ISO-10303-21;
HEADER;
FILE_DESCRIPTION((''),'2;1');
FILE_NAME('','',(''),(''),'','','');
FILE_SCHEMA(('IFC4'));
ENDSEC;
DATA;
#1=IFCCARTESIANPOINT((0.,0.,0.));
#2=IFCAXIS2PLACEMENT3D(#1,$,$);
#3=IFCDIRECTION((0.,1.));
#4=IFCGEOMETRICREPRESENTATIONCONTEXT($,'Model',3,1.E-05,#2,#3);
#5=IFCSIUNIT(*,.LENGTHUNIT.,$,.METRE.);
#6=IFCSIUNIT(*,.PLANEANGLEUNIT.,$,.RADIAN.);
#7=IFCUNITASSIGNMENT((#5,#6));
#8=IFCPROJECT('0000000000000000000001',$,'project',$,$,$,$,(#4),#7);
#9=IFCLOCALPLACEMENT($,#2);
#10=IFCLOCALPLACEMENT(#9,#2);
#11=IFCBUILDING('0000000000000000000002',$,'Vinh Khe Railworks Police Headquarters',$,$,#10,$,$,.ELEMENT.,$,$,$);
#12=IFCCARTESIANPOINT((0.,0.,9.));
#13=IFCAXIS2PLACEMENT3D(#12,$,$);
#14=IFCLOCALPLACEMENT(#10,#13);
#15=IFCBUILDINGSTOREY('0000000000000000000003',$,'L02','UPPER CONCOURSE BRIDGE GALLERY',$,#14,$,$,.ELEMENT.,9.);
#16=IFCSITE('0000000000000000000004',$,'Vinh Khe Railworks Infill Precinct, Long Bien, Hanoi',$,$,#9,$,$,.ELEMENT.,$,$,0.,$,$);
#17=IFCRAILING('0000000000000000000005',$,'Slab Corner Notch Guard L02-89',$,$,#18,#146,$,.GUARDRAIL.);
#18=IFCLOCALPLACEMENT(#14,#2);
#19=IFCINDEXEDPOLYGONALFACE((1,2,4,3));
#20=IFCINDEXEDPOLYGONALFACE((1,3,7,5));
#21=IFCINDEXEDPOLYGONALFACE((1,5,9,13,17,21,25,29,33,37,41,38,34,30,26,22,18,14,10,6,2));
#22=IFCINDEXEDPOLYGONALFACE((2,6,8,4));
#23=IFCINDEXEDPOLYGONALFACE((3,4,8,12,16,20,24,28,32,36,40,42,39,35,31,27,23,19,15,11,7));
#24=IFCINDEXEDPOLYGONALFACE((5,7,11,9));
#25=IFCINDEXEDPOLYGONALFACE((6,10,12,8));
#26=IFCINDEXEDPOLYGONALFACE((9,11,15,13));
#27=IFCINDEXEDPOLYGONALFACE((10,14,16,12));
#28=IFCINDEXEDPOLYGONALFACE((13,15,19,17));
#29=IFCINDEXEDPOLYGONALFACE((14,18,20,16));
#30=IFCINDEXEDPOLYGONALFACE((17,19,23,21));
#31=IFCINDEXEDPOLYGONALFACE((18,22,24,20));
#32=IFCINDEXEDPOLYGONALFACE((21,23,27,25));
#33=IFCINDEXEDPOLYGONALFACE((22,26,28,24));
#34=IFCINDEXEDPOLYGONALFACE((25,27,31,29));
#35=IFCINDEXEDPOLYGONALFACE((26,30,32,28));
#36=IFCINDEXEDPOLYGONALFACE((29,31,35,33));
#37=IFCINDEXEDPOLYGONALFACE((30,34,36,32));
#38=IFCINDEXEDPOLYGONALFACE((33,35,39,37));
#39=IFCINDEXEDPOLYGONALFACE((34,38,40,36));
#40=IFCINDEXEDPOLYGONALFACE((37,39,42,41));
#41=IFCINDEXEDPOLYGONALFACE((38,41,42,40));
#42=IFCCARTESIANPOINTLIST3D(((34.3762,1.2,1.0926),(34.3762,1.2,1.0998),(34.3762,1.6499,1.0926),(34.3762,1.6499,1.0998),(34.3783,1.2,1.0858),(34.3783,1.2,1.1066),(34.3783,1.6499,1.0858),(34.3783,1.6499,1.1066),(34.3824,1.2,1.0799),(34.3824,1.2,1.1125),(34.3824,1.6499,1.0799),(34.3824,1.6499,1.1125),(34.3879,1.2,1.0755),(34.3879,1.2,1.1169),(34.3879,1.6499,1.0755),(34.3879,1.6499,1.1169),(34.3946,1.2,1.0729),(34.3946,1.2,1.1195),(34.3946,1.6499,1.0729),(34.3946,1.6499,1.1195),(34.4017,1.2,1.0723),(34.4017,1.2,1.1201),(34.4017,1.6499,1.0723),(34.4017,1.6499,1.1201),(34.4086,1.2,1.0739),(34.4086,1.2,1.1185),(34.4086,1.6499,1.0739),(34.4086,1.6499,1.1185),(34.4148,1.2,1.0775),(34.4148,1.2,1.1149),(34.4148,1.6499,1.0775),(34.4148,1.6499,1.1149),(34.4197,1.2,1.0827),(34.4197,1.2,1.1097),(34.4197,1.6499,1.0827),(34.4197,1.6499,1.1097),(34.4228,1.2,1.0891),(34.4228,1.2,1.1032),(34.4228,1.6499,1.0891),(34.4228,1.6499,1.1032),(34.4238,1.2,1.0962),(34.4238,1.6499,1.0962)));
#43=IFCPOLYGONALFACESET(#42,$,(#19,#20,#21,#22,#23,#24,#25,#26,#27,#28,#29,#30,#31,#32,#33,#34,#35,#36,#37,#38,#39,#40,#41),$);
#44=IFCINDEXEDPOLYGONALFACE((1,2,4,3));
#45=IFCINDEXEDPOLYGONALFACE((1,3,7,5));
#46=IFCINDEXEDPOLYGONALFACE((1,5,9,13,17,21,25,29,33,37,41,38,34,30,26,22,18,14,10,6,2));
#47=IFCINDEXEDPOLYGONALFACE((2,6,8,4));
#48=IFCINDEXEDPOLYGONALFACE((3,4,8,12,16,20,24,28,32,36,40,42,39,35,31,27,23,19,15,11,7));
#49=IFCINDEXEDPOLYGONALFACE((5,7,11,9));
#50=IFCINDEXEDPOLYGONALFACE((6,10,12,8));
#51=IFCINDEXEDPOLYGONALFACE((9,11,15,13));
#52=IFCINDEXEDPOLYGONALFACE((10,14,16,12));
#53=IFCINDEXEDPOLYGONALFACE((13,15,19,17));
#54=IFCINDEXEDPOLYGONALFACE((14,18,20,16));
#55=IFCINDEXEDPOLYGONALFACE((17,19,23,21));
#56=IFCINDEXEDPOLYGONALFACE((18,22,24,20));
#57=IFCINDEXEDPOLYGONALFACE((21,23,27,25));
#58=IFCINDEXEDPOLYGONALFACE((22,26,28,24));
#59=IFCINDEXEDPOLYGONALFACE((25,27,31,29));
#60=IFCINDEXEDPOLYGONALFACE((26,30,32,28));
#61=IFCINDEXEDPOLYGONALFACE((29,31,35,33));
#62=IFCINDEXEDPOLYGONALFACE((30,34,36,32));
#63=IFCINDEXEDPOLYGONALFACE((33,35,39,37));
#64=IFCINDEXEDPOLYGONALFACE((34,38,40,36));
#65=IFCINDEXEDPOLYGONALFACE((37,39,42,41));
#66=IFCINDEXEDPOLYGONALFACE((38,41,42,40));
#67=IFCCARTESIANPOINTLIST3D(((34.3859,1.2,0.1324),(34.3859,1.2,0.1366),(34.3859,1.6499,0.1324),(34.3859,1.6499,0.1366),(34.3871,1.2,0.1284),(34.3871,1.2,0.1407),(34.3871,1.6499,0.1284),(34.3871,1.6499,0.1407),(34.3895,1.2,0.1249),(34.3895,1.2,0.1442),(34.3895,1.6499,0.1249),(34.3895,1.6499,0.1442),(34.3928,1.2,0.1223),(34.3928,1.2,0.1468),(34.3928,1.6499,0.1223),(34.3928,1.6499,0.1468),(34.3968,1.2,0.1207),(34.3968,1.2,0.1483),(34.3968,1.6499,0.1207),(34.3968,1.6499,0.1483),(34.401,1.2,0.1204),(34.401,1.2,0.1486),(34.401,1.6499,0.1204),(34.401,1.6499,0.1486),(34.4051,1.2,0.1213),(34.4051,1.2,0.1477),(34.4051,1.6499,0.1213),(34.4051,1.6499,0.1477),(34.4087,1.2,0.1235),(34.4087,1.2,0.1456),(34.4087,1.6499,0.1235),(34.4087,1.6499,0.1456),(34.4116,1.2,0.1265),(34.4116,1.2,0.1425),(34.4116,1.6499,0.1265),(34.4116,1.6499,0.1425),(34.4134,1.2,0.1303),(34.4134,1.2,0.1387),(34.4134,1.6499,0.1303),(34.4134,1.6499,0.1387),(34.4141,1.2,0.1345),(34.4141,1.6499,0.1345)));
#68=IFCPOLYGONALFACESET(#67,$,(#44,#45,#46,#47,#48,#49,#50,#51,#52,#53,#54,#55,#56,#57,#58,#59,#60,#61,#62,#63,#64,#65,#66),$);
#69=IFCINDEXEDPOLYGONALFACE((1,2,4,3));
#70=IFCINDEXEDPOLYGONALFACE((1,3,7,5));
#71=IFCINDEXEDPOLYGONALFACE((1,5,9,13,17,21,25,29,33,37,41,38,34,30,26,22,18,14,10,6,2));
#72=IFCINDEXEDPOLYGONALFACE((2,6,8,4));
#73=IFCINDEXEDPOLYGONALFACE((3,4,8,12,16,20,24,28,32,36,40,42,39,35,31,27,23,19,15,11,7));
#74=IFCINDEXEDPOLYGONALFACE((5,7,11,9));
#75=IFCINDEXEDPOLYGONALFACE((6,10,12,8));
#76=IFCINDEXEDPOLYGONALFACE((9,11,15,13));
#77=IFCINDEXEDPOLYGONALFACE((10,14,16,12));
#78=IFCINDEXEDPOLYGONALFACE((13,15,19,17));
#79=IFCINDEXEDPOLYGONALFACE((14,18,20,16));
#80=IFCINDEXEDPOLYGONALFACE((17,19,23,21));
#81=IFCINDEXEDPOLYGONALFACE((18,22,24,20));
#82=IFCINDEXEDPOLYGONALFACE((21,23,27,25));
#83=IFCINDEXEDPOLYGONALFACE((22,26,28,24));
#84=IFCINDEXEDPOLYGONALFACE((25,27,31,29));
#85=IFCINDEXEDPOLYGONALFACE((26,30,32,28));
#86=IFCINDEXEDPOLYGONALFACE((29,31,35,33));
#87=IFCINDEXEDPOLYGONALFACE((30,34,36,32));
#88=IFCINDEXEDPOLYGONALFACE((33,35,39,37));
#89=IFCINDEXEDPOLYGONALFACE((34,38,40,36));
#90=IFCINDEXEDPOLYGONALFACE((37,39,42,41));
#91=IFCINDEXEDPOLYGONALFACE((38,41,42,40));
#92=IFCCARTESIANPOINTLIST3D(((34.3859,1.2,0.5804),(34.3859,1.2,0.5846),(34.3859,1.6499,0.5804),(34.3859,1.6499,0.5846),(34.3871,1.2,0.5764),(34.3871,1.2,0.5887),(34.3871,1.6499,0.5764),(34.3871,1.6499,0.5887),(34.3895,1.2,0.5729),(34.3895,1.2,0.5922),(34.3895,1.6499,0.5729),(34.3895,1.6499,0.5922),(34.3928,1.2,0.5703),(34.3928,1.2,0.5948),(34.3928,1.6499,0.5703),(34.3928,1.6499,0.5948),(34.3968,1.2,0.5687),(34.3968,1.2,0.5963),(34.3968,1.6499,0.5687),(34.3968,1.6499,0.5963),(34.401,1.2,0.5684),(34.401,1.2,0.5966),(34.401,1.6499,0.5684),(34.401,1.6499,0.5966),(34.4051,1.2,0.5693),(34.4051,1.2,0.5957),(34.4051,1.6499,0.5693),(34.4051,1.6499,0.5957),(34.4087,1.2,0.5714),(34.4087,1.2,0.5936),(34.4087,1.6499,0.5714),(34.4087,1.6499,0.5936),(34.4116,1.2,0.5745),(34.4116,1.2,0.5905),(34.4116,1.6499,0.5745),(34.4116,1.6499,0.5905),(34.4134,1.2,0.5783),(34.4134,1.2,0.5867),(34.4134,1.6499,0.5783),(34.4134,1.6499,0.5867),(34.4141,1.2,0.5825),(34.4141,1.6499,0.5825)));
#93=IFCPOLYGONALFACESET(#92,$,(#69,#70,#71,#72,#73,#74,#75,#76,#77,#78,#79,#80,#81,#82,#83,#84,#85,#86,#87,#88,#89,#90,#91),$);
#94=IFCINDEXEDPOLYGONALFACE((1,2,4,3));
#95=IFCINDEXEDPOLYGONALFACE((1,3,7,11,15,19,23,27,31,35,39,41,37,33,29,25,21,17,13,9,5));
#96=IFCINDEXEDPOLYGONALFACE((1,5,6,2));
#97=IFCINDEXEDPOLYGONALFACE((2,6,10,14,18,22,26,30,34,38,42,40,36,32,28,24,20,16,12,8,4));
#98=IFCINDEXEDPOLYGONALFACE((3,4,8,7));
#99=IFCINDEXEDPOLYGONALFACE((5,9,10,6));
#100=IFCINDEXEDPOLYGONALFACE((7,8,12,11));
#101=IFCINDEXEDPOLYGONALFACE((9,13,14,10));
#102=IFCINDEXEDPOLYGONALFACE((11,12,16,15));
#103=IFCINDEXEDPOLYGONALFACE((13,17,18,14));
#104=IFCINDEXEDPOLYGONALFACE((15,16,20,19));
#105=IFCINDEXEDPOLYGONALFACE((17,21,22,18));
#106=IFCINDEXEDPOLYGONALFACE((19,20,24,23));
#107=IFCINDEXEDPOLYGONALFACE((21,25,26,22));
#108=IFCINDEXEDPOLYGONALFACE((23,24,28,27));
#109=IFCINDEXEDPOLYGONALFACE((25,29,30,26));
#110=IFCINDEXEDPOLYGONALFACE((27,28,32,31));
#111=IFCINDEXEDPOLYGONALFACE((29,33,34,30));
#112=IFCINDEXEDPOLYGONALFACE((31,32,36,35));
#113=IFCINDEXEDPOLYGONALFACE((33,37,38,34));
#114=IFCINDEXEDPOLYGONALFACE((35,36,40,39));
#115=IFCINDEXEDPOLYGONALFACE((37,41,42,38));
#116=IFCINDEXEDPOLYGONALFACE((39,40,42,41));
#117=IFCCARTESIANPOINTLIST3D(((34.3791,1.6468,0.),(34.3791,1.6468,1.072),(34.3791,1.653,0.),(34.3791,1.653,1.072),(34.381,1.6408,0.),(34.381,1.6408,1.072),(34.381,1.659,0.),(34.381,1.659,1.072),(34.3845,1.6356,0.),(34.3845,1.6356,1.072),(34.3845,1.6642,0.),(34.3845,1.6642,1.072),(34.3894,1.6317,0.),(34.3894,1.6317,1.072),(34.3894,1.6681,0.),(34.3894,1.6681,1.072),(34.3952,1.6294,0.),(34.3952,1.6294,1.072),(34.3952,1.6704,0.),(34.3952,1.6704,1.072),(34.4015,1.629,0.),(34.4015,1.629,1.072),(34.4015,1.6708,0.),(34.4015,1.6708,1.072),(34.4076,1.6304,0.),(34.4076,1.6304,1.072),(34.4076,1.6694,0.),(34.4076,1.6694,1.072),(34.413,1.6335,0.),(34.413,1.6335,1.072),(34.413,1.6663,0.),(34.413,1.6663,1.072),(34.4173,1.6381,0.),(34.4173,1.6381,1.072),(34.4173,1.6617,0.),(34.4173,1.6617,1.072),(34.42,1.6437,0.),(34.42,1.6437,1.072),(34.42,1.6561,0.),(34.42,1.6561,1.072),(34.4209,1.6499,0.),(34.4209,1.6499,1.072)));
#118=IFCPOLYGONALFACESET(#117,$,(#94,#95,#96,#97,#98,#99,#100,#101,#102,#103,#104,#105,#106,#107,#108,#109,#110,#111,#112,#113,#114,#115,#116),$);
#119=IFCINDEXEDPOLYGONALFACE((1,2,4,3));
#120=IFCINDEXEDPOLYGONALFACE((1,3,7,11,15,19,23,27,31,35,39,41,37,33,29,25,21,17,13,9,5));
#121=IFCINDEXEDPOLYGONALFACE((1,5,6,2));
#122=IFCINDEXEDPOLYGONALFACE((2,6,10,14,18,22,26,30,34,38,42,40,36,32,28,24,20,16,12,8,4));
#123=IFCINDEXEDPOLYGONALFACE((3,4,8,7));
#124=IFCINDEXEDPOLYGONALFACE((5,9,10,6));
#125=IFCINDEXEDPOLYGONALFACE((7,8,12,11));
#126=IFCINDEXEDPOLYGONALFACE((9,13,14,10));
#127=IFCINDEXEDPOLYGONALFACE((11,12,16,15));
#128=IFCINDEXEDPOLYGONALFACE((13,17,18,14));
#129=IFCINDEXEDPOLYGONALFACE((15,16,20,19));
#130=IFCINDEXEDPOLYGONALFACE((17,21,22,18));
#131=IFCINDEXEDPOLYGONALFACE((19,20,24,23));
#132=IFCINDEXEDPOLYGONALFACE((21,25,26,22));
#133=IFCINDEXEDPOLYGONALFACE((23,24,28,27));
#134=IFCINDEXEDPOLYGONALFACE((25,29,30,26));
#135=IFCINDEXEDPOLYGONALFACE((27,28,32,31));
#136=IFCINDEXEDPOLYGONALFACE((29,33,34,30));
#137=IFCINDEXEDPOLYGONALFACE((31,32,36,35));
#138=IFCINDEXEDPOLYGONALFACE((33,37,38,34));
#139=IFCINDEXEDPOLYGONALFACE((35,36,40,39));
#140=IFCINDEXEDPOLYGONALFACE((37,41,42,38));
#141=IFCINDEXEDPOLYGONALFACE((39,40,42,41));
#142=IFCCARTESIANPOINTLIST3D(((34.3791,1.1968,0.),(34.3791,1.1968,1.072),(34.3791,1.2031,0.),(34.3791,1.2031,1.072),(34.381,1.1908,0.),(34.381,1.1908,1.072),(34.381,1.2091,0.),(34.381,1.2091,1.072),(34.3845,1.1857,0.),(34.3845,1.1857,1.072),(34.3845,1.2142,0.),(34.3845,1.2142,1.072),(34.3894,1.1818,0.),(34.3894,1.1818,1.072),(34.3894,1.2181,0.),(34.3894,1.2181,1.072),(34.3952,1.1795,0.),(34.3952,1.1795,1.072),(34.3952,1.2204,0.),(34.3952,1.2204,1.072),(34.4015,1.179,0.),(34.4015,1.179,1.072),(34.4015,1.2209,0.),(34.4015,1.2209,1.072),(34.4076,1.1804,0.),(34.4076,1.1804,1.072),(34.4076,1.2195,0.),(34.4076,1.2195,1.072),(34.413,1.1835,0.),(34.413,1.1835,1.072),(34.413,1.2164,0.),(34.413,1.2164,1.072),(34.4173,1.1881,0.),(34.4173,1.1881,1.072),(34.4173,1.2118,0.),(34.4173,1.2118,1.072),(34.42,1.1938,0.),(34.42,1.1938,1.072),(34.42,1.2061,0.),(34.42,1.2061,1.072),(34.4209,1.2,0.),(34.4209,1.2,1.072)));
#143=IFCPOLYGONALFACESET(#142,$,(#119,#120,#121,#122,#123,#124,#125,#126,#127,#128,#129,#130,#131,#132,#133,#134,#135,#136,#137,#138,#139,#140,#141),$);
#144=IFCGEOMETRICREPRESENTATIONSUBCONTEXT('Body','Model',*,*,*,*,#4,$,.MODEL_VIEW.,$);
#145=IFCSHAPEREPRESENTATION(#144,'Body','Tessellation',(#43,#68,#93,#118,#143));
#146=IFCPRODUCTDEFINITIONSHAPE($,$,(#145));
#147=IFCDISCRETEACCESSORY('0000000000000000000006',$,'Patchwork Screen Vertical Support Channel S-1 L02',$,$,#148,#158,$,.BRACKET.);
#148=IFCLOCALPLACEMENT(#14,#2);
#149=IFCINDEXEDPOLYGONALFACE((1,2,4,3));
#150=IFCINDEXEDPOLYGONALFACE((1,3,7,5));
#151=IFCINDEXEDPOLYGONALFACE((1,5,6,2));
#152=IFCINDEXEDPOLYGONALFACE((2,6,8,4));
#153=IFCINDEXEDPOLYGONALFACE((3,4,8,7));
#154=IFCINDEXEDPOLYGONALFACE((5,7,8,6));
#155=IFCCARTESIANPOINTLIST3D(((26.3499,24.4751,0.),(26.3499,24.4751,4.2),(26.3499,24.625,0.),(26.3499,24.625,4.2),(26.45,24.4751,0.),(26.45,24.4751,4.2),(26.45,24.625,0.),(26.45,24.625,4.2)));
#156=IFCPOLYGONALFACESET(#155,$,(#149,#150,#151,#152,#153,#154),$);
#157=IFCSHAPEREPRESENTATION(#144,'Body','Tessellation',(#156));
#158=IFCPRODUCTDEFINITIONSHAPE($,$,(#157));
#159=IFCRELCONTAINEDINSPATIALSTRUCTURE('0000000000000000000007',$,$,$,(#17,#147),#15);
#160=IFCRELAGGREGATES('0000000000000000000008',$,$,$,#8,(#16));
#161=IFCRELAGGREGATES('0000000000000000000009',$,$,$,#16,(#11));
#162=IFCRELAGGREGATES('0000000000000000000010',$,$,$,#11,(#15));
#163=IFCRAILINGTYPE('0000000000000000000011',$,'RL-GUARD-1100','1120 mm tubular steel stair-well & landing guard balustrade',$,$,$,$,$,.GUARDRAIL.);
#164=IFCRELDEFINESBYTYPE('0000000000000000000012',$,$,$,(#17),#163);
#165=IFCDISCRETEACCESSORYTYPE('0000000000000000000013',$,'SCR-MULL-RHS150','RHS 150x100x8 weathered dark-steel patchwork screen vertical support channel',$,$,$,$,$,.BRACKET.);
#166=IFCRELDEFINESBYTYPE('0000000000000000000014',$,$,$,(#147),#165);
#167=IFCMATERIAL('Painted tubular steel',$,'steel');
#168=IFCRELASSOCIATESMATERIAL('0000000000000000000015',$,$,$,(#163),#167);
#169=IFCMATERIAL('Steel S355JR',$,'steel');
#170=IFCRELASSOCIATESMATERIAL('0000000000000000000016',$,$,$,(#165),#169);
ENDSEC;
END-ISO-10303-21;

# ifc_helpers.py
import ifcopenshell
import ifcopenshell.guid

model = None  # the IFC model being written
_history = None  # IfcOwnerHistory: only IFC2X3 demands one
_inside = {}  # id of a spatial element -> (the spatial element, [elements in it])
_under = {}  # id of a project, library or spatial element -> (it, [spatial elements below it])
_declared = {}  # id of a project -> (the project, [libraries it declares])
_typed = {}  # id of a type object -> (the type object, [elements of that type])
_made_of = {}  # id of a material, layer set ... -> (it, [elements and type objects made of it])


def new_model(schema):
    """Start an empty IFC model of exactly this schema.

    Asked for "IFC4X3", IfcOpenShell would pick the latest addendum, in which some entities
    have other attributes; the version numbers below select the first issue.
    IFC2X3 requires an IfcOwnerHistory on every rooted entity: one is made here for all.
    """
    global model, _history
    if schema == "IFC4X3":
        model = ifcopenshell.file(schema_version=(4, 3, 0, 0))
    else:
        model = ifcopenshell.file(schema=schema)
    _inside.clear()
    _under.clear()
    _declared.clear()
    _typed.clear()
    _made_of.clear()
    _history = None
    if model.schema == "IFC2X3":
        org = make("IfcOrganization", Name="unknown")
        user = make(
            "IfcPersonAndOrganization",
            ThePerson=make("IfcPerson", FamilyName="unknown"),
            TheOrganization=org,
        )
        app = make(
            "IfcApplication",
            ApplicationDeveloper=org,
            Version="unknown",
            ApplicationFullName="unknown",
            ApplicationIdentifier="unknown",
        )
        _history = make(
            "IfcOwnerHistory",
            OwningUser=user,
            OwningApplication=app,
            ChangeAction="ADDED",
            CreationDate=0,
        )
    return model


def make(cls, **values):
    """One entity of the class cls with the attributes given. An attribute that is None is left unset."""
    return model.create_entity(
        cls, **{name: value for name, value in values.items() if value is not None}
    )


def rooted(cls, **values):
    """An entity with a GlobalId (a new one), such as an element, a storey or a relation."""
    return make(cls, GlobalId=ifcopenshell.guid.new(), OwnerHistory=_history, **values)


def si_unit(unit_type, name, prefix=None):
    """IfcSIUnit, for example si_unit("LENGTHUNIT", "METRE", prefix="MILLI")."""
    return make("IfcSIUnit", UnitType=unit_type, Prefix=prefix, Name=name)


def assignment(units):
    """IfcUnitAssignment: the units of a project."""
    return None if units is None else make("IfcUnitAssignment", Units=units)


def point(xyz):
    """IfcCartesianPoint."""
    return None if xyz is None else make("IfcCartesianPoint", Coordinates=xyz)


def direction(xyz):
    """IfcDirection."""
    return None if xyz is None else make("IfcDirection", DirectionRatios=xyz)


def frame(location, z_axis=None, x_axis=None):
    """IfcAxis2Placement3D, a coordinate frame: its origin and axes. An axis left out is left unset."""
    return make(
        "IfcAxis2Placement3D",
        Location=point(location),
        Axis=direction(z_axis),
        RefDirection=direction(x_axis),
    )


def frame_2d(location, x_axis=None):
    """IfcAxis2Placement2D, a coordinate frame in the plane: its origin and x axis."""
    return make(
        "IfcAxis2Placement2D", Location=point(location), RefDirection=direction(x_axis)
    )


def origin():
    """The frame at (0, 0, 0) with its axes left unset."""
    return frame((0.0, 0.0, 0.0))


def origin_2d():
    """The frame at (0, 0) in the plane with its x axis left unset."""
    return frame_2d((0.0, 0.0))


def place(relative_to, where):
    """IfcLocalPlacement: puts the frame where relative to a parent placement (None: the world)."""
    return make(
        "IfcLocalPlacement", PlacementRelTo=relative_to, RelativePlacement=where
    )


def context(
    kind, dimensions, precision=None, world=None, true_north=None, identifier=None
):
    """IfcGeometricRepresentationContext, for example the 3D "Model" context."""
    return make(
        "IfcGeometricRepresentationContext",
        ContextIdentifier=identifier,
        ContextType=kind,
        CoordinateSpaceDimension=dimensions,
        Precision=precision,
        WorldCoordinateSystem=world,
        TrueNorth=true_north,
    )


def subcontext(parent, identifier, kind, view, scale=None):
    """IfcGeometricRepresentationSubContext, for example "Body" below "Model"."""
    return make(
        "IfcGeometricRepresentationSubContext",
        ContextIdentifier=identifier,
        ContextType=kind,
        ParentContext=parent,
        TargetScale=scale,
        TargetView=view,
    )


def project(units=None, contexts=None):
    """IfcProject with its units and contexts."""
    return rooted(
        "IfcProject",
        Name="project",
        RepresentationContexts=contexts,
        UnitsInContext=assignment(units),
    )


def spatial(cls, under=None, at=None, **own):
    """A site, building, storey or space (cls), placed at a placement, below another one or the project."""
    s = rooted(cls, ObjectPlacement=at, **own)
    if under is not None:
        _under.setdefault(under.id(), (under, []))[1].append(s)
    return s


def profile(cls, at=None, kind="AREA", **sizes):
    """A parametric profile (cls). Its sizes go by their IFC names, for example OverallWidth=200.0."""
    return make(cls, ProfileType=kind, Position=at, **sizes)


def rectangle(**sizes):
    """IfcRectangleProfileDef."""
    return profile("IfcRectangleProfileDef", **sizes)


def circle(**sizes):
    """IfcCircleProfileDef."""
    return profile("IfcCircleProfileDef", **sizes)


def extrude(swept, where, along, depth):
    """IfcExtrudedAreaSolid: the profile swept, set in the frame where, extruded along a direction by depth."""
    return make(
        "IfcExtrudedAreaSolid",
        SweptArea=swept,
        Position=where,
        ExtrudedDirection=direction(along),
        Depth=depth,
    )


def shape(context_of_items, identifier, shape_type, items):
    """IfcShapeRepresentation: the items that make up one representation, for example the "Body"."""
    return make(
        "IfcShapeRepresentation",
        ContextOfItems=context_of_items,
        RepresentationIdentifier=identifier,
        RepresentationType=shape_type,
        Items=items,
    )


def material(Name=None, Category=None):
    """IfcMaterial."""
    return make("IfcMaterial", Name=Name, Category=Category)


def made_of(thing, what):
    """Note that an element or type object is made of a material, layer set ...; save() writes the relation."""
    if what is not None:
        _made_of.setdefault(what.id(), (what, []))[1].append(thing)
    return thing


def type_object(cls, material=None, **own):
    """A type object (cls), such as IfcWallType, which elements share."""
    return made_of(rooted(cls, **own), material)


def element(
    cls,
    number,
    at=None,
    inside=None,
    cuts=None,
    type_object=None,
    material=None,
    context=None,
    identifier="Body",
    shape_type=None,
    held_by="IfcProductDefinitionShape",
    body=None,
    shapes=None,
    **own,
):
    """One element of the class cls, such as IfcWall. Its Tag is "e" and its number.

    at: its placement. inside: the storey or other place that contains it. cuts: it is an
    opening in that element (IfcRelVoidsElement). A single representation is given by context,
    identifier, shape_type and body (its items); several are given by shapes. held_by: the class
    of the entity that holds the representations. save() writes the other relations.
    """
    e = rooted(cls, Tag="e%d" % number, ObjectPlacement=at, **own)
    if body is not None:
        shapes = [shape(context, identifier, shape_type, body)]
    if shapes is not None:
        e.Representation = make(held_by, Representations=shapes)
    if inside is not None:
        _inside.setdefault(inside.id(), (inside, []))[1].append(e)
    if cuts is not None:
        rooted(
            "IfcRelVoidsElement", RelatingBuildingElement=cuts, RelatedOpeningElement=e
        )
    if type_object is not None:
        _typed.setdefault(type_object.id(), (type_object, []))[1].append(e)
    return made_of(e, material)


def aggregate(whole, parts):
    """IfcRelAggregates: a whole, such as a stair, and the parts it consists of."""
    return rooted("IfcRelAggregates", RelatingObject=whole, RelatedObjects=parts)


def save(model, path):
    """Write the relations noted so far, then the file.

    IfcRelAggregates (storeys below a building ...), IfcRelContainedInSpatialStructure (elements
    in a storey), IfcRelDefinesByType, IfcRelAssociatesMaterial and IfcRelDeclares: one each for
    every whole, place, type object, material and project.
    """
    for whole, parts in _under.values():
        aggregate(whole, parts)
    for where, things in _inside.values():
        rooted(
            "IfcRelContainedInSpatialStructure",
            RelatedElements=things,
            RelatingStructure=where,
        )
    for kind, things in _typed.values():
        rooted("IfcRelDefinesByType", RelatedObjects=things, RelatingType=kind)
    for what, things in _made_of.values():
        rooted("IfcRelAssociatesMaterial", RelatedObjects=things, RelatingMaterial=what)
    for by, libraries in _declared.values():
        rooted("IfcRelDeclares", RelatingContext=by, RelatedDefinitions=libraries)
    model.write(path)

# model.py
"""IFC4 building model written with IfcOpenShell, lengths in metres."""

from ifc_helpers import new_model, si_unit, direction, frame, origin, origin_2d, place, context, subcontext, project, spatial, rectangle, circle, extrude, material, type_object, element, save


model = new_model("IFC4")

# Units and contexts
model_context = context("Model", 3, precision=1e-05, world=origin(), true_north=direction((0.0, 1.0)))
body_context = subcontext(model_context, "Body", "Model", "MODEL_VIEW")
ifc_project = project(units=[si_unit("LENGTHUNIT", "METRE"), si_unit("PLANEANGLEUNIT", "RADIAN")], contexts=[model_context])

# Site, building, storey
site_placement = place(None, origin())
site = spatial("IfcSite", under=ifc_project, at=site_placement, Name="Vinh Khe Railworks Infill Precinct, Long Bien, Hanoi", CompositionType="ELEMENT", RefElevation=0.0)
building_placement = place(site_placement, origin())
building = spatial("IfcBuilding", under=site, at=building_placement, Name="Vinh Khe Railworks Police Headquarters", CompositionType="ELEMENT")
storey_placement = place(building_placement, frame((0.0, 0.0, 9.0)))
storey = spatial("IfcBuildingStorey", under=building, at=storey_placement, Name="L02", Description="UPPER CONCOURSE BRIDGE GALLERY", CompositionType="ELEMENT", Elevation=9.0)

# Shared definitions
ifc_material_1 = material(Name="Steel S355JR", Category="steel")

# Railing
ifc_material_2 = material(Name="Painted tubular steel", Category="steel")
railing_type = type_object("IfcRailingType", Name="RL-GUARD-1100", Description="1120 mm tubular steel stair-well & landing guard balustrade", PredefinedType="GUARDRAIL", material=ifc_material_2)
railing_1_placement = place(storey_placement, frame((34.3999, 1.6499, 0.0)))
element("IfcRailing", 1, at=railing_1_placement, inside=storey, type_object=railing_type, Name="Slab Corner Notch Guard L02-89", PredefinedType="GUARDRAIL", context=body_context, shape_type="SweptSolid", body=[
    extrude(circle(Radius=0.0239, at=origin_2d()), frame((0.0, 0.0, 1.0962), z_axis=(0.0, -1.0, 0.0), x_axis=(1.0, 0.0, 0.0)), (0.0, 0.0, 1.0), 0.45),
    extrude(circle(Radius=0.0142, at=origin_2d()), frame((0.0, 0.0, 0.1345), z_axis=(0.0, -1.0, 0.0), x_axis=(1.0, 0.0, 0.0)), (0.0, 0.0, 1.0), 0.45),
    extrude(circle(Radius=0.0142, at=origin_2d()), frame((0.0, 0.0, 0.5825), z_axis=(0.0, -1.0, 0.0), x_axis=(1.0, 0.0, 0.0)), (0.0, 0.0, 1.0), 0.45),
    extrude(circle(Radius=0.021, at=origin_2d()), origin(), (0.0, 0.0, 1.0), 1.072),
    extrude(circle(Radius=0.021, at=origin_2d()), frame((0.0, -0.45, 0.0)), (0.0, 0.0, 1.0), 1.072),
])

# Discrete accessory
discrete_accessory_type = type_object("IfcDiscreteAccessoryType", Name="SCR-MULL-RHS150", Description="RHS 150x100x8 weathered dark-steel patchwork screen vertical support channel", PredefinedType="BRACKET", material=ifc_material_1)
discrete_accessory_placement = place(storey_placement, frame((26.3999, 24.55, 0.0), z_axis=(0.0, 0.0, 1.0), x_axis=(1.0, 0.0, 0.0)))
element("IfcDiscreteAccessory", 2, at=discrete_accessory_placement, inside=storey, type_object=discrete_accessory_type, Name="Patchwork Screen Vertical Support Channel S-1 L02", PredefinedType="BRACKET", context=body_context, shape_type="SweptSolid", body=[
    extrude(rectangle(XDim=0.1001, YDim=0.1499, at=origin_2d()), origin(), (0.0, 0.0, 1.0), 4.2),
])

save(model, "model.ifc")
